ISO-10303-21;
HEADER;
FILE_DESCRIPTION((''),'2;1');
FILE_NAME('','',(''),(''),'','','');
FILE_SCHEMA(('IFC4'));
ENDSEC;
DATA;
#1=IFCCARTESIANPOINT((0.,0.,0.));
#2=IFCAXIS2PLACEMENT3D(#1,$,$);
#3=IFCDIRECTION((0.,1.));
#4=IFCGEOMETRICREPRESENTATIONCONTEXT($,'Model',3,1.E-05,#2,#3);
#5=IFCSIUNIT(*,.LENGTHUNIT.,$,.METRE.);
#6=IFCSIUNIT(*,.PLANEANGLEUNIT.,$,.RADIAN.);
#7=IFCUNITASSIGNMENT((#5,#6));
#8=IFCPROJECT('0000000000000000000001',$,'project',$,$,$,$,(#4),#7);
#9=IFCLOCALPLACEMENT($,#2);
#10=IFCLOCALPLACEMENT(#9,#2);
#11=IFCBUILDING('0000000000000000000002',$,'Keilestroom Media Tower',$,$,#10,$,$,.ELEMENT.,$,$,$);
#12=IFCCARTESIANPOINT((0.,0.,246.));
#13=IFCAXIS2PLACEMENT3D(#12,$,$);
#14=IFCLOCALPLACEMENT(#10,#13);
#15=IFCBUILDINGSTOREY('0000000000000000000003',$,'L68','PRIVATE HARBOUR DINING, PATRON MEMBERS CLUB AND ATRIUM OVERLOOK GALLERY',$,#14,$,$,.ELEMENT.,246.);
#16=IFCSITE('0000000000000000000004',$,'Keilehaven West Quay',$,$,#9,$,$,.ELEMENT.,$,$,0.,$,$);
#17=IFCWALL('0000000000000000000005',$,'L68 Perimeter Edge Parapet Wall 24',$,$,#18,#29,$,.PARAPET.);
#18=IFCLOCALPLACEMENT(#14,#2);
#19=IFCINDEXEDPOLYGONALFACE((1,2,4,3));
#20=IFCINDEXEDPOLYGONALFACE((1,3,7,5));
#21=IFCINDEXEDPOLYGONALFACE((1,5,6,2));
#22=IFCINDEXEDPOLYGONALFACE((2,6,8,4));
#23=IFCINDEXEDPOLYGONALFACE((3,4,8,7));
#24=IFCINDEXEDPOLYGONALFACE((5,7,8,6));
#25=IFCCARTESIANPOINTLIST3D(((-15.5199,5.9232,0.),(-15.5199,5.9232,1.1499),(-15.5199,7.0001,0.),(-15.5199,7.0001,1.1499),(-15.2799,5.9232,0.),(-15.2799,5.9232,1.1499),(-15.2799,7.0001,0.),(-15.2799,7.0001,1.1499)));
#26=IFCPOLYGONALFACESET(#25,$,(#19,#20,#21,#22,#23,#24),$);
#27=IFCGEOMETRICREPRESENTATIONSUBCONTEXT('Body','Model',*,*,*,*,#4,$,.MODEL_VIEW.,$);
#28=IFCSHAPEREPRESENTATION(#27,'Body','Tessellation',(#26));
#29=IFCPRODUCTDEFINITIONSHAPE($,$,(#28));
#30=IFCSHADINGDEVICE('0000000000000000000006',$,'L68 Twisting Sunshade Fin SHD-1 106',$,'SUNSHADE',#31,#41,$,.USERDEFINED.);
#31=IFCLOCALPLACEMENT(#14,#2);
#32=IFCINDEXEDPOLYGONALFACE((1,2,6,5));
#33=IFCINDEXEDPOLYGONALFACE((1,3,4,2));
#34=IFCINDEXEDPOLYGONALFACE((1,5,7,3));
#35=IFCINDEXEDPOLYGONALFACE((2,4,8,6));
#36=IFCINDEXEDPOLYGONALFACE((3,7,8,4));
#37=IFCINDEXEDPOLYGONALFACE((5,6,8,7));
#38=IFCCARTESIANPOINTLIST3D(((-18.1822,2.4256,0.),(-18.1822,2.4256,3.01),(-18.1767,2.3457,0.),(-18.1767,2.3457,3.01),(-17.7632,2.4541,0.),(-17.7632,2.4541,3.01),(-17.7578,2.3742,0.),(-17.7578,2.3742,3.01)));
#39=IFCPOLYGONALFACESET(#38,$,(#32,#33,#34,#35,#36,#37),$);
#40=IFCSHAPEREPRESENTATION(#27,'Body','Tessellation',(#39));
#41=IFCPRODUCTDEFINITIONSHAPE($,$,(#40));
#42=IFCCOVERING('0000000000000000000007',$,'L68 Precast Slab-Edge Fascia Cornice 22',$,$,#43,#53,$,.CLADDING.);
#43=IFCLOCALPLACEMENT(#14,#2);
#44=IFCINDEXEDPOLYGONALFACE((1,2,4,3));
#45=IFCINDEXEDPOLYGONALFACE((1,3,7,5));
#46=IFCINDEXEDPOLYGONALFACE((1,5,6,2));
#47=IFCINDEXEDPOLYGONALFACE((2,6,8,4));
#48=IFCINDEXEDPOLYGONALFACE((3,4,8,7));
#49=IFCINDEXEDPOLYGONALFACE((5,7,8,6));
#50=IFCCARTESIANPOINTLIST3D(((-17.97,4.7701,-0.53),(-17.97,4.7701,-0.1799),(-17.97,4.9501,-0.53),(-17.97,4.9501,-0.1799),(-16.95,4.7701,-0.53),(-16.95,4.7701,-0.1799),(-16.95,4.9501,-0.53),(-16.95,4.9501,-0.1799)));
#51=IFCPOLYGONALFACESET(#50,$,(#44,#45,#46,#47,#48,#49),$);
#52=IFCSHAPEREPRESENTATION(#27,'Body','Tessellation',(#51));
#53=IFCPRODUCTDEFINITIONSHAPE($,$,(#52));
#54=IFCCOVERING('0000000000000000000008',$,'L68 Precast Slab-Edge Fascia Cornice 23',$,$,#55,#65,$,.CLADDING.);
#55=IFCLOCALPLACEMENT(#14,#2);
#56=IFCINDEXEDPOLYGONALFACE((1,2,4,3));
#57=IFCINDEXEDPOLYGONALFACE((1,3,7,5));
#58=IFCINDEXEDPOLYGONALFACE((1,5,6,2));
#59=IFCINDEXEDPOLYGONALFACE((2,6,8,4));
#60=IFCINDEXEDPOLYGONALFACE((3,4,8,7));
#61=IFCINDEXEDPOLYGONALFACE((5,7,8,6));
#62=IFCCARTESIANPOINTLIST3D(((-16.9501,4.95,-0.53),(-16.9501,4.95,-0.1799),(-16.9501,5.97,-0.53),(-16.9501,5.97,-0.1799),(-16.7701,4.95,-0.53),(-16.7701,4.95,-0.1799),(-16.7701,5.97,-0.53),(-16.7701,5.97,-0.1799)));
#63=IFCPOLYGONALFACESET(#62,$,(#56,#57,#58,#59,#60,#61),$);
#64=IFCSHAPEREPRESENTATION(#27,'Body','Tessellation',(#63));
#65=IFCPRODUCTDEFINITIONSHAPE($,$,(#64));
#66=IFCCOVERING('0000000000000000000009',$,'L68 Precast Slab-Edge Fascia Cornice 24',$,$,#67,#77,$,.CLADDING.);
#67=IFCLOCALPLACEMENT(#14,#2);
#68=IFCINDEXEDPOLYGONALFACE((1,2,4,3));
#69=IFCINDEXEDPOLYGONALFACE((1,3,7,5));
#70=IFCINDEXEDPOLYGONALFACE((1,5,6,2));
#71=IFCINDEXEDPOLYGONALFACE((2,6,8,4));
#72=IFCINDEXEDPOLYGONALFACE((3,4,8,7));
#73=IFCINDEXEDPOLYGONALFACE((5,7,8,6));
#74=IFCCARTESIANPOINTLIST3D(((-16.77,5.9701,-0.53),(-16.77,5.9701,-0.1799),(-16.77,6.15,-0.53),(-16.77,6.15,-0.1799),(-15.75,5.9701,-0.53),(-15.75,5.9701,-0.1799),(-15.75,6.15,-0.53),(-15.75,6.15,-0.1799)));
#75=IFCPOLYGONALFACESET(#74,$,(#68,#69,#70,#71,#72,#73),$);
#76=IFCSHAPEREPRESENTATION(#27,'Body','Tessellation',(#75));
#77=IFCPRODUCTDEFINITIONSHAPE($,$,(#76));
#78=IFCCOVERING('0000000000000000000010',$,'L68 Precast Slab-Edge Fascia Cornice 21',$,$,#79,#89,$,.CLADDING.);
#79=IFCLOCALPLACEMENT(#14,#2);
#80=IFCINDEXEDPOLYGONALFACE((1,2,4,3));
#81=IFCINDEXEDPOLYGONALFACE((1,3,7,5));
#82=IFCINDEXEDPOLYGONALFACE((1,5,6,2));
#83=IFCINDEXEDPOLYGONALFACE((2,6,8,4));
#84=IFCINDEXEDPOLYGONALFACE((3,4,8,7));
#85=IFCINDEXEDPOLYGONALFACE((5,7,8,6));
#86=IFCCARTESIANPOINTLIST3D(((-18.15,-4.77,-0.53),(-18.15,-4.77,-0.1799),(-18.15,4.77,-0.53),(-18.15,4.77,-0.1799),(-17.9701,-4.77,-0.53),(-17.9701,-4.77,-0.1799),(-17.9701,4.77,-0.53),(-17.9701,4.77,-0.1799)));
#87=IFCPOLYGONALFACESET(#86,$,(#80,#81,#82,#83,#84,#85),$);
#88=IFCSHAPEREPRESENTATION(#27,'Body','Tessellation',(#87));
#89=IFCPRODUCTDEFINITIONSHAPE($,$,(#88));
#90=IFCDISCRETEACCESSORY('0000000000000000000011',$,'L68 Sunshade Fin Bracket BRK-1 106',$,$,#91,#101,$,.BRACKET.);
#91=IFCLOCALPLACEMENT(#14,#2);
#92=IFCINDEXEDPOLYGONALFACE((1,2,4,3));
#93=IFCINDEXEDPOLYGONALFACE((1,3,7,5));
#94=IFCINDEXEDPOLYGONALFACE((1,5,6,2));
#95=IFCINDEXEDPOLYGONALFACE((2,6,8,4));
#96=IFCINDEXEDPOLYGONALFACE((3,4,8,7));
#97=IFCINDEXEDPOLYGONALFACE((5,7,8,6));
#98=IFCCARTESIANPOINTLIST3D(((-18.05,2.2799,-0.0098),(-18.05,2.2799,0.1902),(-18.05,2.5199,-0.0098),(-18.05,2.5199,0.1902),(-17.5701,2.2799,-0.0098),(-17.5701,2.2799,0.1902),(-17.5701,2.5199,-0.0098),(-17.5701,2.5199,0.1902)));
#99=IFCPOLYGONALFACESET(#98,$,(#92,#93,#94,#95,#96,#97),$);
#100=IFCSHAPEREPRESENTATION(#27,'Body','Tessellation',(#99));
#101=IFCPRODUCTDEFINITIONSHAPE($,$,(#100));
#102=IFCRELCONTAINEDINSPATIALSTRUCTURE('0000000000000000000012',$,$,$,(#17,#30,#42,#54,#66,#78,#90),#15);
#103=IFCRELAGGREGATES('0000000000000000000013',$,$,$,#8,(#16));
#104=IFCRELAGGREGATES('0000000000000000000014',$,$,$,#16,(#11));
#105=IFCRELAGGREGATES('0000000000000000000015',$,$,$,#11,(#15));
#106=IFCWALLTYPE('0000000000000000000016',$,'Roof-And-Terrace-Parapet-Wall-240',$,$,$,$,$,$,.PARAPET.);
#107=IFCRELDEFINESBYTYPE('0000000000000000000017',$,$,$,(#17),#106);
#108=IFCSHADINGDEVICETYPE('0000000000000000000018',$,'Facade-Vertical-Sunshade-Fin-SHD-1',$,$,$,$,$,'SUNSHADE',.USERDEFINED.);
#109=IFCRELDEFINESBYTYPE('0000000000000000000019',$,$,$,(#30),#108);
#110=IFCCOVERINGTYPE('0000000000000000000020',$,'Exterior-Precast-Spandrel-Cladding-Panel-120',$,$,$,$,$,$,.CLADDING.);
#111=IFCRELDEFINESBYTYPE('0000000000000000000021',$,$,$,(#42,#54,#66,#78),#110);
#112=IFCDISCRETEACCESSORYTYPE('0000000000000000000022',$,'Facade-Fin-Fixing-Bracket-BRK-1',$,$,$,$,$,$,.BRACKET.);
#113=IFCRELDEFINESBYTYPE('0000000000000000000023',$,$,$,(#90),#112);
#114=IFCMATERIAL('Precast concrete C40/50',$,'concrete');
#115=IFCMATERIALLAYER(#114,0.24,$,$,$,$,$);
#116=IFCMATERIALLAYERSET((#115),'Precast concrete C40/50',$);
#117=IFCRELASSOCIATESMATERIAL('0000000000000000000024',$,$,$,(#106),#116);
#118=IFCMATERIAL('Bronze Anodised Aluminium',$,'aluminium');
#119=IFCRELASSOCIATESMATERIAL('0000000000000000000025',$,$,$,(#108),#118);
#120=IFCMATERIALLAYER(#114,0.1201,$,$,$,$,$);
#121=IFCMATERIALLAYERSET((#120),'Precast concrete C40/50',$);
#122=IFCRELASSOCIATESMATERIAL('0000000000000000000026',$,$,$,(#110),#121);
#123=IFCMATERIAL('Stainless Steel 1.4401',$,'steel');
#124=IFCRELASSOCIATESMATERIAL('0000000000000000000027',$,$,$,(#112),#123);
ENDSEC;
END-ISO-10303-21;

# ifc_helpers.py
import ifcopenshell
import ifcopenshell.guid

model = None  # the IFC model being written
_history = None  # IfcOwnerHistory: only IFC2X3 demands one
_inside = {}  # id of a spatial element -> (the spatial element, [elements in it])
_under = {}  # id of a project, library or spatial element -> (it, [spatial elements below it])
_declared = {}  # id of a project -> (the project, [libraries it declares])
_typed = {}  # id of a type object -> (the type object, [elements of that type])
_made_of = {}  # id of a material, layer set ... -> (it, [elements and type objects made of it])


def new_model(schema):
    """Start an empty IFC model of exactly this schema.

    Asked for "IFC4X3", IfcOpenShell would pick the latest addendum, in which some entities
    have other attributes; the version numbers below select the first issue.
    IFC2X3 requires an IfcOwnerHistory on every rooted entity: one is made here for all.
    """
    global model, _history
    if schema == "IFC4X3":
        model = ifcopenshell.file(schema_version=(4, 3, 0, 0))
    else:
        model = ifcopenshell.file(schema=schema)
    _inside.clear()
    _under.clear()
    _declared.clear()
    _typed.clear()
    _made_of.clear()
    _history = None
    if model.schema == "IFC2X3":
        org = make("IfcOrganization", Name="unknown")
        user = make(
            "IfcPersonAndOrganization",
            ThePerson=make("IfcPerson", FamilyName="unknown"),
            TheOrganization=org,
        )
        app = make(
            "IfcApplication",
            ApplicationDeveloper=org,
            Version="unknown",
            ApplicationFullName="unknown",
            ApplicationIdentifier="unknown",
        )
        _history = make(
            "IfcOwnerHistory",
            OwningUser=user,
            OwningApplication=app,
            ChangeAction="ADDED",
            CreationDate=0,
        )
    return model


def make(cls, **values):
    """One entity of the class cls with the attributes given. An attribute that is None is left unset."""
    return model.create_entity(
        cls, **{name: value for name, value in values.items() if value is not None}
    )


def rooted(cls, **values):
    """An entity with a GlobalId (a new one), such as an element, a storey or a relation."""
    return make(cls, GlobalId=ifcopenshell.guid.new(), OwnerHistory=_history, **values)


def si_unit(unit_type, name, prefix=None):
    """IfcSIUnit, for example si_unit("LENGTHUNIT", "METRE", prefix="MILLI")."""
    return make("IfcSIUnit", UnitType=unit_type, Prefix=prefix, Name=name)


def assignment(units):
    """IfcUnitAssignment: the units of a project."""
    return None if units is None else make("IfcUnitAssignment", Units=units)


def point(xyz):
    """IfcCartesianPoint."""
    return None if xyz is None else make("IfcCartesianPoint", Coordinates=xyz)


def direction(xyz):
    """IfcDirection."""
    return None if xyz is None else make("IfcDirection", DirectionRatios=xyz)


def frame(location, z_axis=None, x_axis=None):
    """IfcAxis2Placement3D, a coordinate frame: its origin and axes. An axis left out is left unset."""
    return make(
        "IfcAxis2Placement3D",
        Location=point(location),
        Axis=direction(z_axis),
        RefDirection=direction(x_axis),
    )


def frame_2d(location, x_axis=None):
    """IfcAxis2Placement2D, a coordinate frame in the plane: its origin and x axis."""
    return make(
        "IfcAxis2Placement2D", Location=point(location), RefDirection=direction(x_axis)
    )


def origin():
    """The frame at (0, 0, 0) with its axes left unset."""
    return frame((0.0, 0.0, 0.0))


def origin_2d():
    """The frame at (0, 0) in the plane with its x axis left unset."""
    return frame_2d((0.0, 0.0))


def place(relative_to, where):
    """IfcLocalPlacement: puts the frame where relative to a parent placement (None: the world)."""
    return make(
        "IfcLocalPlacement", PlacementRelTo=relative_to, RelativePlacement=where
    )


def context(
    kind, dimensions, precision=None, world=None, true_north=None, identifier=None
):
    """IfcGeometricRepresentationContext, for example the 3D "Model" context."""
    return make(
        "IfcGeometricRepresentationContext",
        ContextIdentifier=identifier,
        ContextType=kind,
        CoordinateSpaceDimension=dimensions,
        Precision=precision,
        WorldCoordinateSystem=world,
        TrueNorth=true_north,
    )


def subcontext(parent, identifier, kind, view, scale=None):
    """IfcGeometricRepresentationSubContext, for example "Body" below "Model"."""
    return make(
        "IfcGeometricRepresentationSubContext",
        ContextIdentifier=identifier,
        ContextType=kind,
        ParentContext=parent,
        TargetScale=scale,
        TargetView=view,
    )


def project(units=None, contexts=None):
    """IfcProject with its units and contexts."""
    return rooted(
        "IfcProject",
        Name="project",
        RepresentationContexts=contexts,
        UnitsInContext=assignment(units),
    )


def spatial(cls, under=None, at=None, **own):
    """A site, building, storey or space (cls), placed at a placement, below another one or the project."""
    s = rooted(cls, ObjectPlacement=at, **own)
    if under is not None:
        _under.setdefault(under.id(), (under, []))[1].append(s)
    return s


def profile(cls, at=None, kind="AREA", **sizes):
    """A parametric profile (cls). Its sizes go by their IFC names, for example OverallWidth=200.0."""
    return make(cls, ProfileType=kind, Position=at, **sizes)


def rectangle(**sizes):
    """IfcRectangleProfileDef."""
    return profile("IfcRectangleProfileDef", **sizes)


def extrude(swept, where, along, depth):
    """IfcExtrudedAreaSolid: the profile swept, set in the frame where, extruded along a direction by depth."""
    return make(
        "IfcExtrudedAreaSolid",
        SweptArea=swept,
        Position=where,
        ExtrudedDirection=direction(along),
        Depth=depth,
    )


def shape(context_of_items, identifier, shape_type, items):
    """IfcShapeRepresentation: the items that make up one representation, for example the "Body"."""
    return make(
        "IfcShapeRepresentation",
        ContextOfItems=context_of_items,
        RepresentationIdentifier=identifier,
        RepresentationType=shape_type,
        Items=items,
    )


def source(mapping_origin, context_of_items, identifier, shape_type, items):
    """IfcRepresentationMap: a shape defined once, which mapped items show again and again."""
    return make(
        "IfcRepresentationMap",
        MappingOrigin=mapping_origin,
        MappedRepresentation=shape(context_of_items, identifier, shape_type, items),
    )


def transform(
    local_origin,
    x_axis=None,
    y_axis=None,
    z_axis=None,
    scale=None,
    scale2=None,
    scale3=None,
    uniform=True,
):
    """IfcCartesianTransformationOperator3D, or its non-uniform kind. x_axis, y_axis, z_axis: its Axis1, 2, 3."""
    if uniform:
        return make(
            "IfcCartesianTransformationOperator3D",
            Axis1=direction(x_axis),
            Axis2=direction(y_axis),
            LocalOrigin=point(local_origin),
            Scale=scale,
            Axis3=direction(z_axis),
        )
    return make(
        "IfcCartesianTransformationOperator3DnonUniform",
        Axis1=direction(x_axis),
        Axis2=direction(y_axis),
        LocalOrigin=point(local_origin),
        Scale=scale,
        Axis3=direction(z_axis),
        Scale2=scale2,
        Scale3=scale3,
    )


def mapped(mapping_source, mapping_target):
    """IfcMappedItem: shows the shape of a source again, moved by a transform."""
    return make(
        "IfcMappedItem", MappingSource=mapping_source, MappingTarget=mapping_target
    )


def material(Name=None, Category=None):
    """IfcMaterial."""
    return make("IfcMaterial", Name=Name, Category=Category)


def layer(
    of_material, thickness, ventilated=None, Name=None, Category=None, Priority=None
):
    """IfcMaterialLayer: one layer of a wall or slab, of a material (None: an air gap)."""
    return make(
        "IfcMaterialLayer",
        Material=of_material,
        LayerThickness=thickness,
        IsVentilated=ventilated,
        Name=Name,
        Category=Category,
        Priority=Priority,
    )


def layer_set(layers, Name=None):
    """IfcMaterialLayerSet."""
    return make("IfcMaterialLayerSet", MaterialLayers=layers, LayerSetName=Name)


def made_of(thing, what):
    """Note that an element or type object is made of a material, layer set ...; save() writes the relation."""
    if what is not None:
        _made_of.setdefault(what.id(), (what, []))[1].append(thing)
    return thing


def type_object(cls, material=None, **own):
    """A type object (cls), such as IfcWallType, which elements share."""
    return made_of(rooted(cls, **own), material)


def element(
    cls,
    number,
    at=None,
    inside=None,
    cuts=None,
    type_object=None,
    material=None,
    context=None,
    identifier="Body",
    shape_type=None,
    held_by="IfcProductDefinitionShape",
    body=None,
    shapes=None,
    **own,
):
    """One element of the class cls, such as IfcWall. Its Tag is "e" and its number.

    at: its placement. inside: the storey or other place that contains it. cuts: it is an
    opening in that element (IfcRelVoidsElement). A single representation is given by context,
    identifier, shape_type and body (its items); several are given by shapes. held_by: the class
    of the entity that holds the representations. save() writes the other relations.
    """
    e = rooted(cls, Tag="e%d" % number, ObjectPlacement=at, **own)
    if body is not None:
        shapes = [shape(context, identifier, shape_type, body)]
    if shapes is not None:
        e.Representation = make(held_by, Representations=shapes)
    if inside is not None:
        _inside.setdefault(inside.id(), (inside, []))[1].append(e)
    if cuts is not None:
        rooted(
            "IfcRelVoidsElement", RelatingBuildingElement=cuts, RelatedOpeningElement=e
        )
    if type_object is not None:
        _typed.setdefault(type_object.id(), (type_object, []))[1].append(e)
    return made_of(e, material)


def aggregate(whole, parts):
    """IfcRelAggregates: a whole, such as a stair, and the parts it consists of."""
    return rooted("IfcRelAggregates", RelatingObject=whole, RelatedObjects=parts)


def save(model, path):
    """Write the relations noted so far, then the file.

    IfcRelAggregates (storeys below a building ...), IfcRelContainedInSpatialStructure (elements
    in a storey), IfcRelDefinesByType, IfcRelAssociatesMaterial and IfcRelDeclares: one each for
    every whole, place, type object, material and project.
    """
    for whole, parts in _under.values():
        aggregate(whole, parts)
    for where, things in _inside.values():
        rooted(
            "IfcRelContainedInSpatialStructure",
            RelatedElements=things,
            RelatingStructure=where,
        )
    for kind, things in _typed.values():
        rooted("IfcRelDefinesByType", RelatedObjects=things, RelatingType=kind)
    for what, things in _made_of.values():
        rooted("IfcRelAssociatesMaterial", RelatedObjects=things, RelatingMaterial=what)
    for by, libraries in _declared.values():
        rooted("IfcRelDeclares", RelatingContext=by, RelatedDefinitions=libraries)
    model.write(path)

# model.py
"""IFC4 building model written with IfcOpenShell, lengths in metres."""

from ifc_helpers import new_model, si_unit, direction, frame, frame_2d, origin, origin_2d, place, context, subcontext, project, spatial, rectangle, extrude, source, transform, mapped, material, layer, layer_set, type_object, element, save


model = new_model("IFC4")

# Units and contexts
model_context = context("Model", 3, precision=1e-05, world=origin(), true_north=direction((0.0, 1.0)))
body_context = subcontext(model_context, "Body", "Model", "MODEL_VIEW")
ifc_project = project(units=[si_unit("LENGTHUNIT", "METRE"), si_unit("PLANEANGLEUNIT", "RADIAN")], contexts=[model_context])

# Site, building, storey
site_placement = place(None, origin())
site = spatial("IfcSite", under=ifc_project, at=site_placement, Name="Keilehaven West Quay", CompositionType="ELEMENT", RefElevation=0.0)
building_placement = place(site_placement, origin())
building = spatial("IfcBuilding", under=site, at=building_placement, Name="Keilestroom Media Tower", CompositionType="ELEMENT")
storey_placement = place(building_placement, frame((0.0, 0.0, 246.0)))
storey = spatial("IfcBuildingStorey", under=building, at=storey_placement, Name="L68", Description="PRIVATE HARBOUR DINING, PATRON MEMBERS CLUB AND ATRIUM OVERLOOK GALLERY", CompositionType="ELEMENT", Elevation=246.0)

# Shared definitions
ifc_material_1 = material(Name="Precast concrete C40/50", Category="concrete")

# Wall
ifc_layer_1 = layer(ifc_material_1, 0.24)
ifc_layer_set_1 = layer_set([ifc_layer_1], Name="Precast concrete C40/50")
wall_type = type_object("IfcWallType", Name="Roof-And-Terrace-Parapet-Wall-240", PredefinedType="PARAPET", material=ifc_layer_set_1)
wall_1_placement = place(storey_placement, frame((-15.3999, 5.9231, 0.0), z_axis=(0.0, 0.0, 1.0), x_axis=(0.0, 1.0, 0.0)))
element("IfcWall", 1, at=wall_1_placement, inside=storey, type_object=wall_type, Name="L68 Perimeter Edge Parapet Wall 24", PredefinedType="PARAPET", context=body_context, shape_type="SweptSolid", body=[
    extrude(rectangle(XDim=1.0769, YDim=0.24, at=frame_2d((0.5386, 0.0))), origin(), (0.0, 0.0, 1.0), 1.1499),
])

# Shading device
ifc_material_2 = material(Name="Bronze Anodised Aluminium", Category="aluminium")
shading_device_type = type_object("IfcShadingDeviceType", Name="Facade-Vertical-Sunshade-Fin-SHD-1", ElementType="SUNSHADE", PredefinedType="USERDEFINED", material=ifc_material_2)
shared_shape_1 = source(origin(), body_context, "Body", "SweptSolid", [
    extrude(rectangle(XDim=0.4199, YDim=0.0801, at=origin_2d()), origin(), (0.0, 0.0, 1.0), 3.01),
])
shading_device_placement = place(storey_placement, frame((-17.97, 2.3999, 0.0), z_axis=(0.0, 0.0, 1.0), x_axis=(0.997684, 0.068015, 0.0)))
element("IfcShadingDevice", 2, at=shading_device_placement, inside=storey, type_object=shading_device_type, Name="L68 Twisting Sunshade Fin SHD-1 106", ObjectType="SUNSHADE", PredefinedType="USERDEFINED", context=body_context, shape_type="MappedRepresentation", body=[
    mapped(shared_shape_1, transform((0.0, 0.0, 0.0), x_axis=(1.0, 0.0, 0.0), y_axis=(0.0, 1.0, 0.0), z_axis=(0.0, 0.0, 1.0), scale=1.0)),
])

# Coverings
ifc_layer_2 = layer(ifc_material_1, 0.1201)
ifc_layer_set_2 = layer_set([ifc_layer_2], Name="Precast concrete C40/50")
covering_type = type_object("IfcCoveringType", Name="Exterior-Precast-Spandrel-Cladding-Panel-120", PredefinedType="CLADDING", material=ifc_layer_set_2)
shared_shape_2 = source(origin(), body_context, "Body", "SweptSolid", [
    extrude(rectangle(XDim=1.02, YDim=0.1799, at=origin_2d()), origin(), (0.0, 0.0, 1.0), 0.3501),
])
for number, where, z_axis, x_axis, name in (
    (3, (-17.46, 4.8601, -0.53), (0.0, 0.0, 1.0), (1.0, 0.0, 0.0), "L68 Precast Slab-Edge Fascia Cornice 22"),
    (4, (-16.8601, 5.46, -0.53), (0.0, 0.0, 1.0), (0.0, 1.0, 0.0), "L68 Precast Slab-Edge Fascia Cornice 23"),
    (5, (-16.26, 6.0601, -0.53), (0.0, 0.0, 1.0), (1.0, 0.0, 0.0), "L68 Precast Slab-Edge Fascia Cornice 24"),
):
    element("IfcCovering", number, at=place(storey_placement, frame(where, z_axis=z_axis, x_axis=x_axis)), inside=storey, type_object=covering_type, Name=name, PredefinedType="CLADDING", context=body_context, shape_type="MappedRepresentation", body=[
        mapped(shared_shape_2, transform((0.0, 0.0, 0.0), x_axis=(1.0, 0.0, 0.0), y_axis=(0.0, 1.0, 0.0), z_axis=(0.0, 0.0, 1.0), scale=1.0)),
    ])
shared_shape_3 = source(origin(), body_context, "Body", "SweptSolid", [
    extrude(rectangle(XDim=9.54, YDim=0.1799, at=origin_2d()), origin(), (0.0, 0.0, 1.0), 0.3501),
])
covering_placement = place(storey_placement, frame((-18.0601, 0.0, -0.53), z_axis=(0.0, 0.0, 1.0), x_axis=(0.0, 1.0, 0.0)))
element("IfcCovering", 6, at=covering_placement, inside=storey, type_object=covering_type, Name="L68 Precast Slab-Edge Fascia Cornice 21", PredefinedType="CLADDING", context=body_context, shape_type="MappedRepresentation", body=[
    mapped(shared_shape_3, transform((0.0, 0.0, 0.0), x_axis=(1.0, 0.0, 0.0), y_axis=(0.0, 1.0, 0.0), z_axis=(0.0, 0.0, 1.0), scale=1.0)),
])

# Discrete accessory
ifc_material_3 = material(Name="Stainless Steel 1.4401", Category="steel")
discrete_accessory_type = type_object("IfcDiscreteAccessoryType", Name="Facade-Fin-Fixing-Bracket-BRK-1", PredefinedType="BRACKET", material=ifc_material_3)
shared_shape_4 = source(origin(), body_context, "Body", "SweptSolid", [
    extrude(rectangle(XDim=0.48, YDim=0.24, at=origin_2d()), origin(), (0.0, 0.0, 1.0), 0.2),
])
discrete_accessory_placement = place(storey_placement, frame((-17.8101, 2.3999, -0.0098), z_axis=(0.0, 0.0, 1.0), x_axis=(1.0, 0.0, 0.0)))
element("IfcDiscreteAccessory", 7, at=discrete_accessory_placement, inside=storey, type_object=discrete_accessory_type, Name="L68 Sunshade Fin Bracket BRK-1 106", PredefinedType="BRACKET", context=body_context, shape_type="MappedRepresentation", body=[
    mapped(shared_shape_4, transform((0.0, 0.0, 0.0), x_axis=(1.0, 0.0, 0.0), y_axis=(0.0, 1.0, 0.0), z_axis=(0.0, 0.0, 1.0), scale=1.0)),
])

save(model, "model.ifc")
